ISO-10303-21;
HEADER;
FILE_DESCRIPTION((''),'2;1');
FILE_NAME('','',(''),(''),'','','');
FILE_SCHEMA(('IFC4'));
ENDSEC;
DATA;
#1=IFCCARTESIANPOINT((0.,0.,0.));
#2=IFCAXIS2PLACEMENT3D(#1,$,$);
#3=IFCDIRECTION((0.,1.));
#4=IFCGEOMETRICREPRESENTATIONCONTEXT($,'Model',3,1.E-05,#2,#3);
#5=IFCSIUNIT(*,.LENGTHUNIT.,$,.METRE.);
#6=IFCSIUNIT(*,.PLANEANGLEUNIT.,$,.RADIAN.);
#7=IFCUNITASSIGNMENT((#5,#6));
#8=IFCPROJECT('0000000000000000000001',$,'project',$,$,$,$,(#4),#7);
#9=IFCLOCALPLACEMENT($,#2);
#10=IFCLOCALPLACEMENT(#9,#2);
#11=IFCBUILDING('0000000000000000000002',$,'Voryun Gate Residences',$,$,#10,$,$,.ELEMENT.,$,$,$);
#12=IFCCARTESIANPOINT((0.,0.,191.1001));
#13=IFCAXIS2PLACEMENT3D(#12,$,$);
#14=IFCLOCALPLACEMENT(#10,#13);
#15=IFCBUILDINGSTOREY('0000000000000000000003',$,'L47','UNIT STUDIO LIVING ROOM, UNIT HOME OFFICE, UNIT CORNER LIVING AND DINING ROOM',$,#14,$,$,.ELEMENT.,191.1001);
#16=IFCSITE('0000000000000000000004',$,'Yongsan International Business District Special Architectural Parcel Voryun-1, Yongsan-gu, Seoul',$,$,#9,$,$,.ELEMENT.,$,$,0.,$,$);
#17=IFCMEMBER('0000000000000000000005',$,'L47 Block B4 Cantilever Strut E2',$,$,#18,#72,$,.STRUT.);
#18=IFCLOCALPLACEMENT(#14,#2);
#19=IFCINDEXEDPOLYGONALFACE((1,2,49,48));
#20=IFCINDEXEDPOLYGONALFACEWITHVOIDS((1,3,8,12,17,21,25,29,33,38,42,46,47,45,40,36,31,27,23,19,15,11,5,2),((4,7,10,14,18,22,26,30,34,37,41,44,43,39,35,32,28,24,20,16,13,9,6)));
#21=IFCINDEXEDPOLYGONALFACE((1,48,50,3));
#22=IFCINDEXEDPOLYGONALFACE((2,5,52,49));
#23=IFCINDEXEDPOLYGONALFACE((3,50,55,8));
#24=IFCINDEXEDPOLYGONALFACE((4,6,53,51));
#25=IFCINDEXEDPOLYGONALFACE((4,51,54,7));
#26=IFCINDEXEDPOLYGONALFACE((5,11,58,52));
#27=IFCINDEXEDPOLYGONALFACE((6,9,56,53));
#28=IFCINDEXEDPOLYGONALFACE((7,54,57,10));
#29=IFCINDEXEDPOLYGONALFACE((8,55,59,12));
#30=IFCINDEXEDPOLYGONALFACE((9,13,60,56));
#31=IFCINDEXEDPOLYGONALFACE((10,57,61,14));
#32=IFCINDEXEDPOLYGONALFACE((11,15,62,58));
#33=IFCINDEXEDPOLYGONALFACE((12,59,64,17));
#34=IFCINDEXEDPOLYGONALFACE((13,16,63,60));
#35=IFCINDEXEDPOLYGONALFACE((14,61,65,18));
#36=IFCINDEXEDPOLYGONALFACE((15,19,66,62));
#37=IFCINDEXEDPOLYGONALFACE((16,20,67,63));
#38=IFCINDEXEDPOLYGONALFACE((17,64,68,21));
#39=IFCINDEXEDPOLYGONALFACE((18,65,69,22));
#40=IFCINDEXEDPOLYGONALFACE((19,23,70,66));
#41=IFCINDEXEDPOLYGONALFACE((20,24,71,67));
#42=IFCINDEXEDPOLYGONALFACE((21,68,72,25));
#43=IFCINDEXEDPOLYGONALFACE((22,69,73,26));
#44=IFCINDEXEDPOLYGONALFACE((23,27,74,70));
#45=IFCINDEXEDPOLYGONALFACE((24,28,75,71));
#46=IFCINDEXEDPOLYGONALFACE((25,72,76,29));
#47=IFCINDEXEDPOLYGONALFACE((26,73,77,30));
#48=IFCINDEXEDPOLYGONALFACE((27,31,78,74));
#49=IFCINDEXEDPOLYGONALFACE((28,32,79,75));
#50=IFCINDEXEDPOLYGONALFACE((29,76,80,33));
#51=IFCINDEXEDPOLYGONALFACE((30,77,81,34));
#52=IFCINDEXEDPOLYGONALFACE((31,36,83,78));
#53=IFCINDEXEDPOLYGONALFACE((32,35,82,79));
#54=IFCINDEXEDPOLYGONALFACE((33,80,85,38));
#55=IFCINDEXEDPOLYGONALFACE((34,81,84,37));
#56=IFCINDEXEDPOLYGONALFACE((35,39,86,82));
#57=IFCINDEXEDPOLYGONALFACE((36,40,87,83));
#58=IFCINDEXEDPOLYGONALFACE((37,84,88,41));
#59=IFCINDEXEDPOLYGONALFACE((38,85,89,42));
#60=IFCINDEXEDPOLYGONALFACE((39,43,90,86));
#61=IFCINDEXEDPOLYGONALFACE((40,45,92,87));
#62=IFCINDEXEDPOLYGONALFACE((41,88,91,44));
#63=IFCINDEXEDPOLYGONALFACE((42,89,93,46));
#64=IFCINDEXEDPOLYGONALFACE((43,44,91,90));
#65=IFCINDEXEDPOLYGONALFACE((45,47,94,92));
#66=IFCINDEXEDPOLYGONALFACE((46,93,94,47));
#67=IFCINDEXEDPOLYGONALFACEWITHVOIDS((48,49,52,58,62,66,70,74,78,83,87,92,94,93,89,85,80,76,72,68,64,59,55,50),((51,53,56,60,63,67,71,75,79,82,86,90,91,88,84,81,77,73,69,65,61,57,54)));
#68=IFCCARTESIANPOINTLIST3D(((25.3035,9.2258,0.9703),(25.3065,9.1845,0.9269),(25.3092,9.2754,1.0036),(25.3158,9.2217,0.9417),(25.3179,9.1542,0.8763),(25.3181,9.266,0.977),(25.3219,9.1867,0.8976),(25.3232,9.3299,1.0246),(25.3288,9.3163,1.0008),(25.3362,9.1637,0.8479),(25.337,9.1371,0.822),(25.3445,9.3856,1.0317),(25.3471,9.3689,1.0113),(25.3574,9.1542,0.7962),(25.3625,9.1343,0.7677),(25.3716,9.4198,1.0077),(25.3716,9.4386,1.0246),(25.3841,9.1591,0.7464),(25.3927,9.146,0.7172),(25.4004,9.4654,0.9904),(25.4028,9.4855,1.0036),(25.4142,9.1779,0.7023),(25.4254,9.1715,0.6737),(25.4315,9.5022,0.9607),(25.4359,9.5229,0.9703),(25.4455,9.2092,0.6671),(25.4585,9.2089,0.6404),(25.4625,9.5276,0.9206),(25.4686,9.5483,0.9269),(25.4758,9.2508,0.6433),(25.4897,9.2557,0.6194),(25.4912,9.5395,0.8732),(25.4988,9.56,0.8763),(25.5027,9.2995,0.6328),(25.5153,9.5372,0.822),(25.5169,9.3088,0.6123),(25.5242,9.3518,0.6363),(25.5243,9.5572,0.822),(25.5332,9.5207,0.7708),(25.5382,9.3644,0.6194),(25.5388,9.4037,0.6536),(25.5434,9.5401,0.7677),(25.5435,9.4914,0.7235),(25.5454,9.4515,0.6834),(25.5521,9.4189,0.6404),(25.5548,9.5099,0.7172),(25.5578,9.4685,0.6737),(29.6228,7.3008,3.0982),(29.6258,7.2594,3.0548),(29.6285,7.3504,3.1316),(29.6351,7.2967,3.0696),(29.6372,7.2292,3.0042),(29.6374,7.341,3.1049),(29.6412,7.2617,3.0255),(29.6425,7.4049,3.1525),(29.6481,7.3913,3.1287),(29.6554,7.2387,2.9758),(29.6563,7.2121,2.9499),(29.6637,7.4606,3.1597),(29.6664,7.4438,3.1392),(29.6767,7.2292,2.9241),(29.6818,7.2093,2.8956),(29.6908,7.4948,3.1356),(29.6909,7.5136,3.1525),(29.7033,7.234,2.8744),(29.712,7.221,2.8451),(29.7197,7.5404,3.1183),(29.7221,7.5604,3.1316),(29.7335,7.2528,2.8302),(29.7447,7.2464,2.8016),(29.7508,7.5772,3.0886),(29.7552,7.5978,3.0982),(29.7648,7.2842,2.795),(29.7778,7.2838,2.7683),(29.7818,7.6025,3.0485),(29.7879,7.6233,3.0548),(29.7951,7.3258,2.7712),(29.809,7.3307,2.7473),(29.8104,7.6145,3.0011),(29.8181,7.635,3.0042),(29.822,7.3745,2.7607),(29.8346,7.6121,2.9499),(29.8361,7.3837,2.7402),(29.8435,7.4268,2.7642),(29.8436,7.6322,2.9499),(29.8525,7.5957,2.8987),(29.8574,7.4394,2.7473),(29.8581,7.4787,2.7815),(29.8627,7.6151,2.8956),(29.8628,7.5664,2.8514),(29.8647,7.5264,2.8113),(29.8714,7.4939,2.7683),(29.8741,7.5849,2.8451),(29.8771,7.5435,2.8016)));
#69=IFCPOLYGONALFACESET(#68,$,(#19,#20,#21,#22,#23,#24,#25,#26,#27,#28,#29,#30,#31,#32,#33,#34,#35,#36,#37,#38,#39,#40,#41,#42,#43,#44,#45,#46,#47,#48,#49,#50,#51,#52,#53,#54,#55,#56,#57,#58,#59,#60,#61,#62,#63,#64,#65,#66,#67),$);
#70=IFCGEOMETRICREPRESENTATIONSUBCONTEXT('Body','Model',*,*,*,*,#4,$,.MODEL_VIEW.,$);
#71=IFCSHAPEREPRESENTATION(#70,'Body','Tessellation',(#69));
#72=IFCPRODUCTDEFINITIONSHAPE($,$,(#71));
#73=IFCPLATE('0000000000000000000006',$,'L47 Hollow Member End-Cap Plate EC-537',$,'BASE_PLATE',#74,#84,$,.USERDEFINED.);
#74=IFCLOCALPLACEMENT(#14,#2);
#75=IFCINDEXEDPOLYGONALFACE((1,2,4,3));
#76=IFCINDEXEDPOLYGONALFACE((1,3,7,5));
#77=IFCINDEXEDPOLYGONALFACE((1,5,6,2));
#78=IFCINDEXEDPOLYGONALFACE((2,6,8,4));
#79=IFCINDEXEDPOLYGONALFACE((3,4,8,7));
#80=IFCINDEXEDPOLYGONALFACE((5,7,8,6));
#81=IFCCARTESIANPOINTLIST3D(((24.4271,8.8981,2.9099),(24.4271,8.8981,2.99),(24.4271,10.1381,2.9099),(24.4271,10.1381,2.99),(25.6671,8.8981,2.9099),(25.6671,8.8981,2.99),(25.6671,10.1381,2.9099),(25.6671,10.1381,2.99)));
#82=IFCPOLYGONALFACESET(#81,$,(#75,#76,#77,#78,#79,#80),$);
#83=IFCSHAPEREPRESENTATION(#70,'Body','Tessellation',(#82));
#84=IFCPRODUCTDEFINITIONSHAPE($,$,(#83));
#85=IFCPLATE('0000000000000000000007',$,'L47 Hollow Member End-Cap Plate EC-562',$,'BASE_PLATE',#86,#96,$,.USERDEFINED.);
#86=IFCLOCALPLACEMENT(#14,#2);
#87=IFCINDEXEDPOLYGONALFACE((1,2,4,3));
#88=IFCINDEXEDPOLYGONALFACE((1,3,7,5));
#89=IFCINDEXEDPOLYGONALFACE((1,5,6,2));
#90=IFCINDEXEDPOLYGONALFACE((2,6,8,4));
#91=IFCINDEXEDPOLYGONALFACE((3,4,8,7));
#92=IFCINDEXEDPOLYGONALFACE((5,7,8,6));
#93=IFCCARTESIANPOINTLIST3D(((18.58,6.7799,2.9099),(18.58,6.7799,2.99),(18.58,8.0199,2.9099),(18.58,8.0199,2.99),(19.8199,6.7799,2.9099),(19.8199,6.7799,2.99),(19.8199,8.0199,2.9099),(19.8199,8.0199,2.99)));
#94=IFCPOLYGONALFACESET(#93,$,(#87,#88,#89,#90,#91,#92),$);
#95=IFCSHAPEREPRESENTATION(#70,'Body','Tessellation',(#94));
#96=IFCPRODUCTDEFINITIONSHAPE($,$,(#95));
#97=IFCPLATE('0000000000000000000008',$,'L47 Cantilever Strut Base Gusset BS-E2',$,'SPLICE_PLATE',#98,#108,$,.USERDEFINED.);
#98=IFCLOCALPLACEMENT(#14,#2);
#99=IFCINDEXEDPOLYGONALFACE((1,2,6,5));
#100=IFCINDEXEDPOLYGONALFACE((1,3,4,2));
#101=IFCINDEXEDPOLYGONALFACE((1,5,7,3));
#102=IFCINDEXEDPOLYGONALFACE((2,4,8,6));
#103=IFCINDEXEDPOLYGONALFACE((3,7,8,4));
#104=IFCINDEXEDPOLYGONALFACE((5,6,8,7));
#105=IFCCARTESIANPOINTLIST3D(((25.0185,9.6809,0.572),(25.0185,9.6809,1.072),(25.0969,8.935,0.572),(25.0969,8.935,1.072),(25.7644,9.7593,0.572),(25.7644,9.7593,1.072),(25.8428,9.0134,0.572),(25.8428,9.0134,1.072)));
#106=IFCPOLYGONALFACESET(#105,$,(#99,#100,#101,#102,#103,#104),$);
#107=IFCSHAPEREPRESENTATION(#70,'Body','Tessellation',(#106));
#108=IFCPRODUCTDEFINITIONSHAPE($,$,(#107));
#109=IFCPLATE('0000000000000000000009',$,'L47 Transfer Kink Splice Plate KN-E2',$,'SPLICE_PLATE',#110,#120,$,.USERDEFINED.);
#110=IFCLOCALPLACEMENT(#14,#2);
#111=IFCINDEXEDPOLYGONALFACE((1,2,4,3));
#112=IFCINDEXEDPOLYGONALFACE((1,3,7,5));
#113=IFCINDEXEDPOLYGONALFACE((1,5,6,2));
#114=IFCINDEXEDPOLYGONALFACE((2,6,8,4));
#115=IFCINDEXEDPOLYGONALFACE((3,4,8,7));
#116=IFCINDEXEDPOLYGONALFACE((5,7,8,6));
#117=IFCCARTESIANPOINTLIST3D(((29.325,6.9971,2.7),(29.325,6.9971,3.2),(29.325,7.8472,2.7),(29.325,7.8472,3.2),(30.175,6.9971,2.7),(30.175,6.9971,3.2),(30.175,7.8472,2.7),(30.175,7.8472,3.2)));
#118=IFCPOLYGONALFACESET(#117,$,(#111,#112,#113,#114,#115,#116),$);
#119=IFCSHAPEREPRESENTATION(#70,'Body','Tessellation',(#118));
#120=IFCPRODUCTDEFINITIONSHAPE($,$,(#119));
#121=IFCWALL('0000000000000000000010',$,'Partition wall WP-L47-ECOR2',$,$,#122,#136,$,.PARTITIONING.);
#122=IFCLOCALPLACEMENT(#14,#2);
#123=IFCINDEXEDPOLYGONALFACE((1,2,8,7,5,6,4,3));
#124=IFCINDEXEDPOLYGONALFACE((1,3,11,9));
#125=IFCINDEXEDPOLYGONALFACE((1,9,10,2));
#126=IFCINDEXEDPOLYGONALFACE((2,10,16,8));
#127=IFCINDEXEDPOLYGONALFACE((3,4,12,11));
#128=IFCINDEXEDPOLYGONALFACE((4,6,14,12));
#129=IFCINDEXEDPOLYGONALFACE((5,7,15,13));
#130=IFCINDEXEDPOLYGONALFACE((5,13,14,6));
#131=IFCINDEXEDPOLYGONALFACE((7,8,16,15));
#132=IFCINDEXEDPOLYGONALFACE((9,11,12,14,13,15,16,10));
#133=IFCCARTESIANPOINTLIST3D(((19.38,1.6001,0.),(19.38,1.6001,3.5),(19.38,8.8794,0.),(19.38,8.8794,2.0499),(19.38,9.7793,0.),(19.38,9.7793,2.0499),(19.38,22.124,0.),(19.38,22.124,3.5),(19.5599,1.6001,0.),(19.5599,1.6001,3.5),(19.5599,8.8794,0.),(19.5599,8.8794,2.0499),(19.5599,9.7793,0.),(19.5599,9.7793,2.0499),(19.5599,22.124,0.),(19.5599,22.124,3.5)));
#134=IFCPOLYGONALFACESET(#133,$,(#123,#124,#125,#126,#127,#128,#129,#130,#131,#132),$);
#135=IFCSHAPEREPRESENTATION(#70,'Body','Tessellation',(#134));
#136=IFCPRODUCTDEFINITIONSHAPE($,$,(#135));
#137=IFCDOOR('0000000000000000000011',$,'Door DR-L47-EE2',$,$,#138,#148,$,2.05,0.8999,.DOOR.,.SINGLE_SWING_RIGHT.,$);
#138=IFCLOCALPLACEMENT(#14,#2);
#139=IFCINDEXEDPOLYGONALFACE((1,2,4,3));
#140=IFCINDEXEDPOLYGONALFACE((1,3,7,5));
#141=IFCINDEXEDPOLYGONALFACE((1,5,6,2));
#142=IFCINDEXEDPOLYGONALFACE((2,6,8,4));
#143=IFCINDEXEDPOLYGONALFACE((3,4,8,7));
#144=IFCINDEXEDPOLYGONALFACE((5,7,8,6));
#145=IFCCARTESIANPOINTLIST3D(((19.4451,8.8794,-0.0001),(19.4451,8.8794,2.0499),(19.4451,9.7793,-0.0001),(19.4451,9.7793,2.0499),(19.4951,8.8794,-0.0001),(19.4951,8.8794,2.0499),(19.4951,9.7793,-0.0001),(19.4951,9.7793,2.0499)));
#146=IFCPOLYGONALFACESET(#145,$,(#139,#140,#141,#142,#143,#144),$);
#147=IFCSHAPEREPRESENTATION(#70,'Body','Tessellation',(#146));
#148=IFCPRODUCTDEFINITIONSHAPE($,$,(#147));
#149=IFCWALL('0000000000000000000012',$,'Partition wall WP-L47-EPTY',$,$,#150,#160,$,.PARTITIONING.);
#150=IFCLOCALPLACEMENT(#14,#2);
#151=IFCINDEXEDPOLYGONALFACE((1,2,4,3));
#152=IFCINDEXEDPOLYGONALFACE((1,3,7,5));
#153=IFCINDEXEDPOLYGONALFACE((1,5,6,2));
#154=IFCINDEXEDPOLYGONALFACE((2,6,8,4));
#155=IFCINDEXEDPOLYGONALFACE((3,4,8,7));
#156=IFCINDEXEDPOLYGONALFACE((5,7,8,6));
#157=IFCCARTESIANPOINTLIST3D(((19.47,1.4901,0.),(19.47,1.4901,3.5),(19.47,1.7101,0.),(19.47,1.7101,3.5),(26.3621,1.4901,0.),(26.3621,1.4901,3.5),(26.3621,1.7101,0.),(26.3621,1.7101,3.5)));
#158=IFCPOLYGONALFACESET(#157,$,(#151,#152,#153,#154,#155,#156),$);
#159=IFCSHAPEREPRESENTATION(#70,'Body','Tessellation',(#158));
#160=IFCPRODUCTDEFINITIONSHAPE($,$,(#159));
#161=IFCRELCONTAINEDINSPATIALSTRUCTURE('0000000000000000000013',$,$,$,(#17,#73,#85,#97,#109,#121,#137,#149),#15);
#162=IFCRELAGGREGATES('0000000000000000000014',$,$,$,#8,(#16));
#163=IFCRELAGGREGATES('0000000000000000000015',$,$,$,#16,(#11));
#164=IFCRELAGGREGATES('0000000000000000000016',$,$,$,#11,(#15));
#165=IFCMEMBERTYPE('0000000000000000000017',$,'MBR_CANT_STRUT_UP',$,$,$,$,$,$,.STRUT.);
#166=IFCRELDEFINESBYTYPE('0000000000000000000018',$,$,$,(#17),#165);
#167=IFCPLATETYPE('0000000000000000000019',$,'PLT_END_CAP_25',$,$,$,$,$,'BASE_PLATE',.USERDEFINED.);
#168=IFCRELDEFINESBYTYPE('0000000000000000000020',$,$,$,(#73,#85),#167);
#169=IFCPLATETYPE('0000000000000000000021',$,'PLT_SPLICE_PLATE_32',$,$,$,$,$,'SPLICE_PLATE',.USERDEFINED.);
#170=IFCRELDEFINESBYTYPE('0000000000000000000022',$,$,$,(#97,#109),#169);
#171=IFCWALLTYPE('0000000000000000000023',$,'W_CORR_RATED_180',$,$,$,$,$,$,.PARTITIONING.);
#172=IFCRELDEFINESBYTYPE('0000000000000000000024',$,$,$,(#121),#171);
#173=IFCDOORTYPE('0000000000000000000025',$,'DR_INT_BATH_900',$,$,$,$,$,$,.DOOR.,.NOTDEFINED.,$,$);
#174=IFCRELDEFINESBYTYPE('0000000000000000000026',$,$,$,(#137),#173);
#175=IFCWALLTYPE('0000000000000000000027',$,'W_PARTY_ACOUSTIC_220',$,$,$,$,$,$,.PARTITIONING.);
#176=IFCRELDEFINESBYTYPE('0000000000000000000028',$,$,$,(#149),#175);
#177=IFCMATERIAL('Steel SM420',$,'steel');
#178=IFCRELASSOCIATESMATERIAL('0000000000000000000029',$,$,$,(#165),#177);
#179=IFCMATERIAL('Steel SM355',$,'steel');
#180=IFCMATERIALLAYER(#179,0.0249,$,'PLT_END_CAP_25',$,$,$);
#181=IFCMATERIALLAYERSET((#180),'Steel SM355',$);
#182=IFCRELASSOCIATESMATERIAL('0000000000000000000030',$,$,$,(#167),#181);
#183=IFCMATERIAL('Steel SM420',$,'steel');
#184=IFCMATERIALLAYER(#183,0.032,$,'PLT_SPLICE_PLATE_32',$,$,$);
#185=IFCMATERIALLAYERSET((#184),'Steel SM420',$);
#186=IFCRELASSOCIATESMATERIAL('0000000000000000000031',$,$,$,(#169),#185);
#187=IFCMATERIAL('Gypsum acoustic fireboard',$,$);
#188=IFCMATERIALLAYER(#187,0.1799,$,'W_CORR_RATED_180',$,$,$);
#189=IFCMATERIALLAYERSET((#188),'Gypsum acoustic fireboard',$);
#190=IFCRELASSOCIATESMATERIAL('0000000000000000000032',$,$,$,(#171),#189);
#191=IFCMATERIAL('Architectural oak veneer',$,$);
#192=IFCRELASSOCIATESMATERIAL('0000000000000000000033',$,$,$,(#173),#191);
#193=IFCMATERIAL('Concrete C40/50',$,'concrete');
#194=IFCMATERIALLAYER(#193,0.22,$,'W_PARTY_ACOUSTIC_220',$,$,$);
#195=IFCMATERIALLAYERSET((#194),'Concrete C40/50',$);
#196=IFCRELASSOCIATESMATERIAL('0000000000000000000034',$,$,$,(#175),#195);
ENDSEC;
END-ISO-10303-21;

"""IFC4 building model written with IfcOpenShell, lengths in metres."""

from ifc_helpers import new_model, si_unit, direction, frame, frame_2d, origin, origin_2d, place, context, subcontext, project, spatial, rectangle, hollow_circle, extrude, material, layer, layer_set, material_profile, profile_set, type_object, element, fill, save


model = new_model("IFC4")

# Units and contexts
model_context = context("Model", 3, precision=1e-05, world=origin(), true_north=direction((0.0, 1.0)))
body_context = subcontext(model_context, "Body", "Model", "MODEL_VIEW")
ifc_project = project(units=[si_unit("LENGTHUNIT", "METRE"), si_unit("PLANEANGLEUNIT", "RADIAN")], contexts=[model_context])

# Site, building, storey
site_placement = place(None, origin())
site = spatial("IfcSite", under=ifc_project, at=site_placement, Name="Yongsan International Business District Special Architectural Parcel Voryun-1, Yongsan-gu, Seoul", CompositionType="ELEMENT", RefElevation=0.0)
building_placement = place(site_placement, origin())
building = spatial("IfcBuilding", under=site, at=building_placement, Name="Voryun Gate Residences", CompositionType="ELEMENT")
storey_placement = place(building_placement, frame((0.0, 0.0, 191.1001)))
storey = spatial("IfcBuildingStorey", under=building, at=storey_placement, Name="L47", Description="UNIT STUDIO LIVING ROOM, UNIT HOME OFFICE, UNIT CORNER LIVING AND DINING ROOM", CompositionType="ELEMENT", Elevation=191.1001)

# Member
ifc_material_1 = material(Name="Steel SM420", Category="steel")
ifc_material_profile_1 = material_profile(ifc_material_1, hollow_circle(Radius=0.23, WallThickness=0.022, at=origin_2d()), Name="CHS-460x22")
ifc_profile_set_1 = profile_set([ifc_material_profile_1], Name="Steel SM420")
member_type = type_object("IfcMemberType", Name="MBR_CANT_STRUT_UP", PredefinedType="STRUT", material=ifc_profile_set_1)
member_placement = place(storey_placement, frame((25.4307, 9.3472, 0.822), z_axis=(0.832946, -0.371229, 0.410353), x_axis=(0.407082, 0.913392, 0.0)))
element("IfcMember", 1, at=member_placement, inside=storey, type_object=member_type, Name="L47 Block B4 Cantilever Strut E2", PredefinedType="STRUT", context=body_context, shape_type="SweptSolid", body=[
    extrude(hollow_circle(Radius=0.23, WallThickness=0.022, at=origin_2d()), origin(), (0.0, 0.0, 1.0), 5.1855),
])

# Plates
ifc_material_2 = material(Name="Steel SM355", Category="steel")
ifc_layer_1 = layer(ifc_material_2, 0.0249, Name="PLT_END_CAP_25")
ifc_layer_set_1 = layer_set([ifc_layer_1], Name="Steel SM355")
plate_type_1 = type_object("IfcPlateType", Name="PLT_END_CAP_25", ElementType="BASE_PLATE", PredefinedType="USERDEFINED", material=ifc_layer_set_1)
for number, where, z_axis, x_axis, name in (
    (2, (25.0471, 9.5181, 2.9099), (0.0, 0.0, 1.0), (1.0, 0.0, 0.0), "L47 Hollow Member End-Cap Plate EC-537"),
    (3, (19.2, 7.3999, 2.9099), (0.0, 0.0, 1.0), (1.0, 0.0, 0.0), "L47 Hollow Member End-Cap Plate EC-562"),
):
    element("IfcPlate", number, at=place(storey_placement, frame(where, z_axis=z_axis, x_axis=x_axis)), inside=storey, type_object=plate_type_1, Name=name, ObjectType="BASE_PLATE", PredefinedType="USERDEFINED", context=body_context, shape_type="SweptSolid", body=[
        extrude(rectangle(XDim=1.24, YDim=1.24, at=origin_2d()), origin(), (0.0, 0.0, 1.0), 0.0801),
    ])
ifc_material_3 = material(Name="Steel SM420", Category="steel")
ifc_layer_2 = layer(ifc_material_3, 0.032, Name="PLT_SPLICE_PLATE_32")
ifc_layer_set_2 = layer_set([ifc_layer_2], Name="Steel SM420")
plate_type_2 = type_object("IfcPlateType", Name="PLT_SPLICE_PLATE_32", ElementType="SPLICE_PLATE", PredefinedType="USERDEFINED", material=ifc_layer_set_2)
plate_1_placement = place(storey_placement, frame((25.4307, 9.3472, 0.572), z_axis=(0.0, 0.0, 1.0), x_axis=(0.994522, 0.104528, 0.0)))
element("IfcPlate", 4, at=plate_1_placement, inside=storey, type_object=plate_type_2, Name="L47 Cantilever Strut Base Gusset BS-E2", ObjectType="SPLICE_PLATE", PredefinedType="USERDEFINED", context=body_context, shape_type="SweptSolid", body=[
    extrude(rectangle(XDim=0.75, YDim=0.75, at=origin_2d()), origin(), (0.0, 0.0, 1.0), 0.5),
])
plate_2_placement = place(storey_placement, frame((29.75, 7.4221, 2.7), z_axis=(0.0, 0.0, 1.0), x_axis=(1.0, 0.0, 0.0)))
element("IfcPlate", 5, at=plate_2_placement, inside=storey, type_object=plate_type_2, Name="L47 Transfer Kink Splice Plate KN-E2", ObjectType="SPLICE_PLATE", PredefinedType="USERDEFINED", context=body_context, shape_type="SweptSolid", body=[
    extrude(rectangle(XDim=0.8501, YDim=0.8501, at=origin_2d()), origin(), (0.0, 0.0, 1.0), 0.5),
])

# Wall, opening, door
ifc_material_4 = material(Name="Gypsum acoustic fireboard")
ifc_layer_3 = layer(ifc_material_4, 0.1799, Name="W_CORR_RATED_180")
ifc_layer_set_3 = layer_set([ifc_layer_3], Name="Gypsum acoustic fireboard")
wall_type_1 = type_object("IfcWallType", Name="W_CORR_RATED_180", PredefinedType="PARTITIONING", material=ifc_layer_set_3)
wall_1_placement = place(storey_placement, frame((19.47, 1.6001, 0.0), z_axis=(0.0, 0.0, 1.0), x_axis=(0.0, 1.0, 0.0)))
wall_1 = element("IfcWall", 6, at=wall_1_placement, inside=storey, type_object=wall_type_1, Name="Partition wall WP-L47-ECOR2", PredefinedType="PARTITIONING", context=body_context, shape_type="SweptSolid", body=[
    extrude(rectangle(XDim=20.5239, YDim=0.1799, at=frame_2d((10.262, 0.0))), origin(), (0.0, 0.0, 1.0), 3.5),
])
opening_1_placement = place(wall_1_placement, frame((7.2793, 0.0, 0.0)))
opening_1 = element("IfcOpeningElement", 7, at=opening_1_placement, cuts=wall_1, PredefinedType="OPENING", context=body_context, shape_type="SweptSolid", body=[
    extrude(rectangle(XDim=0.8999, YDim=2.05, at=frame_2d((0.45, 1.0249))), frame((0.0, 0.0999, 0.0), z_axis=(0.0, -1.0, 0.0), x_axis=(1.0, 0.0, 0.0)), (0.0, 0.0, 1.0), 0.2),
])
ifc_material_5 = material(Name="Architectural oak veneer")
door_type_1 = type_object("IfcDoorType", Name="DR_INT_BATH_900", OperationType="NOTDEFINED", PredefinedType="DOOR", material=ifc_material_5)
door_1_placement = place(opening_1_placement, origin())
door_1 = element("IfcDoor", 8, at=door_1_placement, inside=storey, type_object=door_type_1, Name="Door DR-L47-EE2", OperationType="SINGLE_SWING_RIGHT", OverallHeight=2.05, OverallWidth=0.8999, PredefinedType="DOOR", context=body_context, shape_type="SweptSolid", body=[
    extrude(rectangle(XDim=0.8999, YDim=2.05, at=frame_2d((0.45, 1.0249))), frame((0.0, 0.0249, 0.0), z_axis=(0.0, -1.0, 0.0), x_axis=(1.0, 0.0, 0.0)), (0.0, 0.0, 1.0), 0.05),
])
fill(opening_1, door_1)

# Wall
ifc_material_6 = material(Name="Concrete C40/50", Category="concrete")
ifc_layer_4 = layer(ifc_material_6, 0.22, Name="W_PARTY_ACOUSTIC_220")
ifc_layer_set_4 = layer_set([ifc_layer_4], Name="Concrete C40/50")
wall_type_2 = type_object("IfcWallType", Name="W_PARTY_ACOUSTIC_220", PredefinedType="PARTITIONING", material=ifc_layer_set_4)
wall_2_placement = place(storey_placement, frame((19.47, 1.6001, 0.0), z_axis=(0.0, 0.0, 1.0), x_axis=(1.0, 0.0, 0.0)))
element("IfcWall", 9, at=wall_2_placement, inside=storey, type_object=wall_type_2, Name="Partition wall WP-L47-EPTY", PredefinedType="PARTITIONING", context=body_context, shape_type="SweptSolid", body=[
    extrude(rectangle(XDim=6.8921, YDim=0.22, at=frame_2d((3.446, 0.0))), origin(), (0.0, 0.0, 1.0), 3.5),
])

save(model, "model.ifc")
